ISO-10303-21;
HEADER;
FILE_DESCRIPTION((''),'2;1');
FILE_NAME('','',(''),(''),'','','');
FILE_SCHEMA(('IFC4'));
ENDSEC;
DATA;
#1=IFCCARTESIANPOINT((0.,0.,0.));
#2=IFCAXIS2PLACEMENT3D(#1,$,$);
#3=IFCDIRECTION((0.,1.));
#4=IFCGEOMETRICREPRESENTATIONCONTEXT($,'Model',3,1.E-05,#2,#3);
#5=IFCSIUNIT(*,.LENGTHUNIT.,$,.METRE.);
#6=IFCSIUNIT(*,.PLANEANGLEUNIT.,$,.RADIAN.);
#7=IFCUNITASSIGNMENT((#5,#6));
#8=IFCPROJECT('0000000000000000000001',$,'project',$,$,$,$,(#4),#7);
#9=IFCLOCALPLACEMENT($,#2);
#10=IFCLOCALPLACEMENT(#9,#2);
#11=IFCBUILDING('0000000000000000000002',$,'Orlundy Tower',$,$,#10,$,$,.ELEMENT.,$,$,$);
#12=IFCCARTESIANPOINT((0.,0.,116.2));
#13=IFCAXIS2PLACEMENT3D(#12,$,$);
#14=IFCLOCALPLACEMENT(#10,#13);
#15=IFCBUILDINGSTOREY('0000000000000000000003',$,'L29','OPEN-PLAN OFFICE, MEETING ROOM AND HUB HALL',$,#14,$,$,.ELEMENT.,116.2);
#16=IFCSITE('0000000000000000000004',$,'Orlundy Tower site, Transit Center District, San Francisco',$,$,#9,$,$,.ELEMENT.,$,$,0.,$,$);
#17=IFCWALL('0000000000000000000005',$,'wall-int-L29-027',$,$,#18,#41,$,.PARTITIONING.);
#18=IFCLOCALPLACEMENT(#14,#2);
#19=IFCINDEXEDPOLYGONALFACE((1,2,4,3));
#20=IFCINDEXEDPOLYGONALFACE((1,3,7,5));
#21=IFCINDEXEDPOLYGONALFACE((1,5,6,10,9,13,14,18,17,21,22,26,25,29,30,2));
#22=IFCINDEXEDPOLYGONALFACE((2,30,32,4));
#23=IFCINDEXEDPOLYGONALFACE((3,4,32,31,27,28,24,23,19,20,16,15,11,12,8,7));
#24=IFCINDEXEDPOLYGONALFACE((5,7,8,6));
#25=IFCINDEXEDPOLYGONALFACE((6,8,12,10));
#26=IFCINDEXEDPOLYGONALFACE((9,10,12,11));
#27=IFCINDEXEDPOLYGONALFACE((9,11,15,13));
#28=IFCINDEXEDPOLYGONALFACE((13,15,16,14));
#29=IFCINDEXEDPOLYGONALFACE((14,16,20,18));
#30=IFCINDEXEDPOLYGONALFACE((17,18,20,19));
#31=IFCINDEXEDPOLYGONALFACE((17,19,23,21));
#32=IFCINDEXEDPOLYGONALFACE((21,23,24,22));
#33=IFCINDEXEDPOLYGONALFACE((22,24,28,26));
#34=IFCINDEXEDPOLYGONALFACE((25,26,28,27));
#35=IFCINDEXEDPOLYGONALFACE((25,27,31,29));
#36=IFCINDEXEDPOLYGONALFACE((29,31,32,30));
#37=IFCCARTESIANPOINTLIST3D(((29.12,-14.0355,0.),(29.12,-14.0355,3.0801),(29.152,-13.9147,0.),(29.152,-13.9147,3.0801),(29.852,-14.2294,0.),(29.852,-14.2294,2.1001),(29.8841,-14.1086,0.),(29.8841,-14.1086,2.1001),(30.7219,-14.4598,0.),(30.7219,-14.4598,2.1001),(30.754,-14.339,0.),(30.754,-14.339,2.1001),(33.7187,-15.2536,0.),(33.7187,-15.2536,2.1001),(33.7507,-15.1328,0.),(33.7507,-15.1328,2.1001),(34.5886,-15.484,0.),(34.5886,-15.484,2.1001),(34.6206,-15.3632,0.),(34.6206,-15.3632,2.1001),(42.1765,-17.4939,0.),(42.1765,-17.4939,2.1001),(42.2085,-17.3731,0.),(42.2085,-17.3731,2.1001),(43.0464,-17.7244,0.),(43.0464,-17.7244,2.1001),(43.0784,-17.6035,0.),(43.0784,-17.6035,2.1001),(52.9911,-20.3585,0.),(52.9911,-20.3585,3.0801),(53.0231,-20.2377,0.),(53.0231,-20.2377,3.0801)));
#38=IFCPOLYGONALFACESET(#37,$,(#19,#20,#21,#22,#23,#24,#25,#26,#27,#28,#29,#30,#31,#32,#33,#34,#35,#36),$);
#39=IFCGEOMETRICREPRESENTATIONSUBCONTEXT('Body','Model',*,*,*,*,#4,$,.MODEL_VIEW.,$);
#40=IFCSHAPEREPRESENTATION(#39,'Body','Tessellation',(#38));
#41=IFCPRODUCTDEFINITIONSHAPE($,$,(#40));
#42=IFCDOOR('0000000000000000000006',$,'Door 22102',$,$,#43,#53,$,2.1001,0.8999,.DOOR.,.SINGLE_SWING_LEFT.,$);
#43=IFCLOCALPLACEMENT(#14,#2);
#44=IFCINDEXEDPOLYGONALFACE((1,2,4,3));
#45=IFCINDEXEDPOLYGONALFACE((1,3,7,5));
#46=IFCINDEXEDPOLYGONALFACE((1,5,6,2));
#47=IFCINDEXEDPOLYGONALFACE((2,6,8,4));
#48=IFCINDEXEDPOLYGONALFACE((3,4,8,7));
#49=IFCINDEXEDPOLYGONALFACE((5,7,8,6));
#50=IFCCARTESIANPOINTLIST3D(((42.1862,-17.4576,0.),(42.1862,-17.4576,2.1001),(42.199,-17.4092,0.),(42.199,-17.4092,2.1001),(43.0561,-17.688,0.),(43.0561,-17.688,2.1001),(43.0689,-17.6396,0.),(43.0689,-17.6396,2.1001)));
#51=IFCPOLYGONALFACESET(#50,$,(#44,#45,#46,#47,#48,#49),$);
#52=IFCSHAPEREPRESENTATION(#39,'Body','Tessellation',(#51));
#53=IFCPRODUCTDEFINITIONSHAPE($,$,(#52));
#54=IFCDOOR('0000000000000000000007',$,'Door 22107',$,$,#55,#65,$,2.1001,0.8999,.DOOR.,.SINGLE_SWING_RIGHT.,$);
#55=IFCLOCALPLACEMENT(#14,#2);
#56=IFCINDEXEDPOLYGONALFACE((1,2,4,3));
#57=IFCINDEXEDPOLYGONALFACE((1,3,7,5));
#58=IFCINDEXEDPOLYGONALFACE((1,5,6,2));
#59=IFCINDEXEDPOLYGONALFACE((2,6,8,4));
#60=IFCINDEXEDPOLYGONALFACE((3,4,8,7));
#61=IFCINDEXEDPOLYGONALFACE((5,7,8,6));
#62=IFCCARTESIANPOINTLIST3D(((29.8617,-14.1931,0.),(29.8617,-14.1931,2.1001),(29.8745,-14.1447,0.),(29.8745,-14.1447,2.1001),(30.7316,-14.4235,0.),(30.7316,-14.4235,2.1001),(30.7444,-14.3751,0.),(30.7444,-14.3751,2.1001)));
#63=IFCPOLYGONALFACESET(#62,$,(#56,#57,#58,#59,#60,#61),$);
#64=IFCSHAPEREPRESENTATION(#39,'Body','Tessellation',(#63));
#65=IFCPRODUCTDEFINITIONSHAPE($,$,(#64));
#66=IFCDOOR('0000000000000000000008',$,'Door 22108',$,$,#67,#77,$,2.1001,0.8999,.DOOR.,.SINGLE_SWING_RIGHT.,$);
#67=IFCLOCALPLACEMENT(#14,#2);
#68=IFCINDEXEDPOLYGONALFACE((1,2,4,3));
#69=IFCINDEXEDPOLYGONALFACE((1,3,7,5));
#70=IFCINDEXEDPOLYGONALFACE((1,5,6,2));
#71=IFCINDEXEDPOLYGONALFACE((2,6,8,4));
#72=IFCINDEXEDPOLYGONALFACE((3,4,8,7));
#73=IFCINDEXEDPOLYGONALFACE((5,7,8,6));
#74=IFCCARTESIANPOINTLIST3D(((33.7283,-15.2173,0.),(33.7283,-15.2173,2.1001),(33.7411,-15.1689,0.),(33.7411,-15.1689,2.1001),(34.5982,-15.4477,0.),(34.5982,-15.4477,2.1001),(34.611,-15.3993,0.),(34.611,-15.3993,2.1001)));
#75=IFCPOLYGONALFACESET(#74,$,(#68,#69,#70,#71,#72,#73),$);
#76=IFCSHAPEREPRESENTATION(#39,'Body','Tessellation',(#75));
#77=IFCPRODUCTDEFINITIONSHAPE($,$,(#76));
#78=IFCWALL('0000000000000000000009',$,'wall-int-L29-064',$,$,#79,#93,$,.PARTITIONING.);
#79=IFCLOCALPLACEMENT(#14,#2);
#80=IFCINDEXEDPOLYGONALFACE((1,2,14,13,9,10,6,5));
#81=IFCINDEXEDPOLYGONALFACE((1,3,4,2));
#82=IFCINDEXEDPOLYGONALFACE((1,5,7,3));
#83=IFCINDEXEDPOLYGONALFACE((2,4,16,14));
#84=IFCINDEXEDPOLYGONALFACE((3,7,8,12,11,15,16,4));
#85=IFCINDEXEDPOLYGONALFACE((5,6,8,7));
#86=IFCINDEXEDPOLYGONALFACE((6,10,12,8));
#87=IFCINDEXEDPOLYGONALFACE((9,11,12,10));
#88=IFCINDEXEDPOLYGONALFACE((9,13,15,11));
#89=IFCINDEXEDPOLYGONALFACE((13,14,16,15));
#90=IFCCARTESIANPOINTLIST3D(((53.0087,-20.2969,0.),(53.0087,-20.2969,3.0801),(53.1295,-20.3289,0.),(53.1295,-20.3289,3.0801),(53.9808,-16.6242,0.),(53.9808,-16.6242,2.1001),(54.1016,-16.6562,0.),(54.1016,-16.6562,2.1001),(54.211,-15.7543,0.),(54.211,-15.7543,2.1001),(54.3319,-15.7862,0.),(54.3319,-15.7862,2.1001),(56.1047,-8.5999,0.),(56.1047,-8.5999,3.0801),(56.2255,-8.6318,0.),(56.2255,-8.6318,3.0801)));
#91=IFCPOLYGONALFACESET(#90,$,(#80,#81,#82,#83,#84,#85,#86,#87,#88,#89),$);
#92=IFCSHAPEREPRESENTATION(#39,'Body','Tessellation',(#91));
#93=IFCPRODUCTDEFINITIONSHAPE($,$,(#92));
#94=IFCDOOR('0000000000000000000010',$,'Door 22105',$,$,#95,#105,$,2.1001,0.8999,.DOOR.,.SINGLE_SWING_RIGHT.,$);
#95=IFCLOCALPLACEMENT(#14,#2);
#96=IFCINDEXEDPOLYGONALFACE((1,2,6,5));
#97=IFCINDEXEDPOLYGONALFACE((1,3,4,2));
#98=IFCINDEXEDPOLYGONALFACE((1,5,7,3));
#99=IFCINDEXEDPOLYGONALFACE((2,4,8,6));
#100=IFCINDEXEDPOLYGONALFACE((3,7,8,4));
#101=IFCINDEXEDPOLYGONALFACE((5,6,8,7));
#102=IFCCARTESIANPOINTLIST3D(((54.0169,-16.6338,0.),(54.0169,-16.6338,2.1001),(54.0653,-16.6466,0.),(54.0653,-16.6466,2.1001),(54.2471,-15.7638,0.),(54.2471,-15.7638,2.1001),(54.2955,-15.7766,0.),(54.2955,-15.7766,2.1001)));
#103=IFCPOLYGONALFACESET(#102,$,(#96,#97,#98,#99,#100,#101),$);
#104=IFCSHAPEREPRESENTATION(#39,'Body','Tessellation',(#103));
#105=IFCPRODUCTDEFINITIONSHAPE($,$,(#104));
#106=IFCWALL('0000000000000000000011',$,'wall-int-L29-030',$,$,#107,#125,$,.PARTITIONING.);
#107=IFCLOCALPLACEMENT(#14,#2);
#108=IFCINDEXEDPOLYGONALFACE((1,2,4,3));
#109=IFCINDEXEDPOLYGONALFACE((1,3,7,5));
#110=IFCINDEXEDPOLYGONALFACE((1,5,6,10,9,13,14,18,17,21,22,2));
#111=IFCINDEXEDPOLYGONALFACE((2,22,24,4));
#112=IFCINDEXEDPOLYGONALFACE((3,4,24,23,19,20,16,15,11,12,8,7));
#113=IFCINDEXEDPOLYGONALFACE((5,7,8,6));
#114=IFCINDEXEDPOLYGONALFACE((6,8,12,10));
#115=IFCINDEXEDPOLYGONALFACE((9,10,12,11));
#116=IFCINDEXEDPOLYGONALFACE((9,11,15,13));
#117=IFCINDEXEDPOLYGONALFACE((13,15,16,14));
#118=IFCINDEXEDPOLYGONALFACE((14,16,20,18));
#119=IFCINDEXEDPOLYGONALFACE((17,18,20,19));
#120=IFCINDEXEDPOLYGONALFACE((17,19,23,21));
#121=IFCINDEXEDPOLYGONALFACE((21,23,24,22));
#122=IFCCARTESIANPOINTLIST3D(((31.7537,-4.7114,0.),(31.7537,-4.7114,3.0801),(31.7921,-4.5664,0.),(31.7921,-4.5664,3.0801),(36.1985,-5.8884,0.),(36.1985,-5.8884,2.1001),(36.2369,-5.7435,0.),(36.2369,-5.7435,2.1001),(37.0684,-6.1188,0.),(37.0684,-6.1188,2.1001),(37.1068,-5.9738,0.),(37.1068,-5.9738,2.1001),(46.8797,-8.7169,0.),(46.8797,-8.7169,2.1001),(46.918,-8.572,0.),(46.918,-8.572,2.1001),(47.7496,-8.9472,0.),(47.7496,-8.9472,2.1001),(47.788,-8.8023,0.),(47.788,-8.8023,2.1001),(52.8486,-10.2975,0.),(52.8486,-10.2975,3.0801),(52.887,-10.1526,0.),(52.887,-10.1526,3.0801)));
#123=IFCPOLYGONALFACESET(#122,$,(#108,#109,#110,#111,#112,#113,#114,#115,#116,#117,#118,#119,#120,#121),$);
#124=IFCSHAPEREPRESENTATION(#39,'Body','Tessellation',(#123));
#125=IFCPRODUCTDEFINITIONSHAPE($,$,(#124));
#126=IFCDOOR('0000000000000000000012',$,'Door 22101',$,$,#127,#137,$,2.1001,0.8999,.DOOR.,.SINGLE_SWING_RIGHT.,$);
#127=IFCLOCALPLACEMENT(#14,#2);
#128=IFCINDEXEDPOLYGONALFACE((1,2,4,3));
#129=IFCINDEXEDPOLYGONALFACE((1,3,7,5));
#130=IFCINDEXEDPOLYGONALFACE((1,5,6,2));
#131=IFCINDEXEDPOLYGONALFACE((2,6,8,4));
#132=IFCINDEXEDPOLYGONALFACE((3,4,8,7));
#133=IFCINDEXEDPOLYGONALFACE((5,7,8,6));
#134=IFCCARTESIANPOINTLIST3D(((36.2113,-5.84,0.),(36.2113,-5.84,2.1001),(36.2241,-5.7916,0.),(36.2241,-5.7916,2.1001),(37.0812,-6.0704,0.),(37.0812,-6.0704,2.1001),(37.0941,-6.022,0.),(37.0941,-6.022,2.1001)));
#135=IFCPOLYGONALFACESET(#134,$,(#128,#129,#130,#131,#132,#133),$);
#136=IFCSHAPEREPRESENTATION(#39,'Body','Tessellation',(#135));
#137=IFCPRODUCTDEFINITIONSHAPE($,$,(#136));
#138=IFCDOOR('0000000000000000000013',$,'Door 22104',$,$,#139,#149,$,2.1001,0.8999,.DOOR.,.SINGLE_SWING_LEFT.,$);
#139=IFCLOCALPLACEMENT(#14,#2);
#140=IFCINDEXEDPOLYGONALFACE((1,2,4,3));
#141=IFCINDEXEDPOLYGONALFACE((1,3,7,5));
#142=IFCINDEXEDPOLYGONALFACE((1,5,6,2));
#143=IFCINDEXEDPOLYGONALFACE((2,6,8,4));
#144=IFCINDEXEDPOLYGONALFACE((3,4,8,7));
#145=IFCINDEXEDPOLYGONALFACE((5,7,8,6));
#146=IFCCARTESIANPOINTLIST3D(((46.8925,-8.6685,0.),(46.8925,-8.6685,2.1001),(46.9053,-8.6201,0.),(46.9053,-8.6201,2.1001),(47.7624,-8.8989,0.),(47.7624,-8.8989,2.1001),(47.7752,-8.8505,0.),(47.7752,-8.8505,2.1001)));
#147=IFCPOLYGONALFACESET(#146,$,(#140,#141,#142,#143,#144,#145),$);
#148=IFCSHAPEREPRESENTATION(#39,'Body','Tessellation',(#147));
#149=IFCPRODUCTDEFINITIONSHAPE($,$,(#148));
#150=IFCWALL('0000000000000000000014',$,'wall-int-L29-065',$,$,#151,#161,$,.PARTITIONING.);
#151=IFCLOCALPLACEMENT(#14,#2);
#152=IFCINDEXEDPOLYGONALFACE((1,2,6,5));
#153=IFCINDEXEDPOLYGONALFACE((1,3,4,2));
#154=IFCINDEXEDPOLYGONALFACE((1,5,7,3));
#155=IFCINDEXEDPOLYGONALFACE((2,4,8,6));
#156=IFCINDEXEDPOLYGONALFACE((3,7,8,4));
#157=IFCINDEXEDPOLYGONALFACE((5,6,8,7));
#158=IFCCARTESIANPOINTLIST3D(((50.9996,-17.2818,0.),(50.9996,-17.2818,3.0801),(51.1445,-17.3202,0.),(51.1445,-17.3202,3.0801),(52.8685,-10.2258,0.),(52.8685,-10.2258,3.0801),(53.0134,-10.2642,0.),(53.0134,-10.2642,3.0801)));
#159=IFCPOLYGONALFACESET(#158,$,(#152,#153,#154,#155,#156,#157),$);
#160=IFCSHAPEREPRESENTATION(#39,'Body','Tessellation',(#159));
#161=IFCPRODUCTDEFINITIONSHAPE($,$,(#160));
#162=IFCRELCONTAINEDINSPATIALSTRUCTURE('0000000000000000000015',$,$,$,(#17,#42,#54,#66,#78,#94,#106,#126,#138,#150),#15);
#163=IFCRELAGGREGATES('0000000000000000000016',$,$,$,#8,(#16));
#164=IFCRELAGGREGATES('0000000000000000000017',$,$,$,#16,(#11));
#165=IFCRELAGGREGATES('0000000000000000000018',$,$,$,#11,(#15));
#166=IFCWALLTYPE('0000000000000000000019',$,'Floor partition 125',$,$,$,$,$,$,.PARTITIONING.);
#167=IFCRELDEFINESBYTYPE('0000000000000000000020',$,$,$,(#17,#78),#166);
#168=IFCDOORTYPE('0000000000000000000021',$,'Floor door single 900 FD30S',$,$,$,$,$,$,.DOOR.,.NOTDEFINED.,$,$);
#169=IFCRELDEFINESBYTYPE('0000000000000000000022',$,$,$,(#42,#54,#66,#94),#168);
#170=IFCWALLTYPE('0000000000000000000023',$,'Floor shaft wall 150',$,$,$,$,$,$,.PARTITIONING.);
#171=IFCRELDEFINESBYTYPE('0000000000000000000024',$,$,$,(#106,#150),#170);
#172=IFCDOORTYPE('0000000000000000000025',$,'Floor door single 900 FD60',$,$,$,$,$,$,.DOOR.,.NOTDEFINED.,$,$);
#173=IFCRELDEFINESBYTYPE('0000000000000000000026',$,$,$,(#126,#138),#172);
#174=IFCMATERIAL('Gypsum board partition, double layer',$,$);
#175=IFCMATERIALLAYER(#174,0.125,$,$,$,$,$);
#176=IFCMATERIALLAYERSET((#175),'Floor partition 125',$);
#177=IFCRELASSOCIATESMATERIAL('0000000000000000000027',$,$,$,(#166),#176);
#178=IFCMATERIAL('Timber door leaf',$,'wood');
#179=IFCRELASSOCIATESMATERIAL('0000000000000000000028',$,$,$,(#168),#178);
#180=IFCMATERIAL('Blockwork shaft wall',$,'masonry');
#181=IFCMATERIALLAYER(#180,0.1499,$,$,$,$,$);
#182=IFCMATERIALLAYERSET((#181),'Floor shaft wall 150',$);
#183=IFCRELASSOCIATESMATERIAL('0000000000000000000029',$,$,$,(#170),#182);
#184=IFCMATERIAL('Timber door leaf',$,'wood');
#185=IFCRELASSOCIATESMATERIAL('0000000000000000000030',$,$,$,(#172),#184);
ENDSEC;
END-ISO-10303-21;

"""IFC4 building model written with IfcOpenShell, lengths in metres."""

from ifc_helpers import new_model, si_unit, direction, frame, frame_2d, origin, place, context, subcontext, project, spatial, rectangle, extrude, material, layer, layer_set, type_object, element, fill, save


model = new_model("IFC4")

# Units and contexts
model_context = context("Model", 3, precision=1e-05, world=origin(), true_north=direction((0.0, 1.0)))
body_context = subcontext(model_context, "Body", "Model", "MODEL_VIEW")
ifc_project = project(units=[si_unit("LENGTHUNIT", "METRE"), si_unit("PLANEANGLEUNIT", "RADIAN")], contexts=[model_context])

# Site, building, storey
site_placement = place(None, origin())
site = spatial("IfcSite", under=ifc_project, at=site_placement, Name="Orlundy Tower site, Transit Center District, San Francisco", CompositionType="ELEMENT", RefElevation=0.0)
building_placement = place(site_placement, origin())
building = spatial("IfcBuilding", under=site, at=building_placement, Name="Orlundy Tower", CompositionType="ELEMENT")
storey_placement = place(building_placement, frame((0.0, 0.0, 116.2)))
storey = spatial("IfcBuildingStorey", under=building, at=storey_placement, Name="L29", Description="OPEN-PLAN OFFICE, MEETING ROOM AND HUB HALL", CompositionType="ELEMENT", Elevation=116.2)

# Shared definitions
ifc_material_1 = material(Name="Gypsum board partition, double layer")
ifc_layer_1 = layer(ifc_material_1, 0.125)
ifc_layer_set_1 = layer_set([ifc_layer_1], Name="Floor partition 125")
wall_type_1 = type_object("IfcWallType", Name="Floor partition 125", PredefinedType="PARTITIONING", material=ifc_layer_set_1)

# Wall, openings, doors
wall_1_placement = place(storey_placement, frame((53.0071, -20.2981, 0.0), z_axis=(0.0, 0.0, 1.0), x_axis=(-0.966663, 0.256051, 0.0)))
wall_1 = element("IfcWall", 1, at=wall_1_placement, inside=storey, type_object=wall_type_1, Name="wall-int-L29-027", PredefinedType="PARTITIONING", context=body_context, shape_type="SweptSolid", body=[
    extrude(rectangle(XDim=24.6943, YDim=0.125, at=frame_2d((12.3472, 0.0))), origin(), (0.0, 0.0, 1.0), 3.0801),
])
opening_1_placement = place(wall_1_placement, frame((10.2876, 0.0, 0.0)))
opening_1 = element("IfcOpeningElement", 2, at=opening_1_placement, cuts=wall_1, PredefinedType="OPENING", context=body_context, shape_type="SweptSolid", body=[
    extrude(rectangle(XDim=0.8999, YDim=2.1001, at=frame_2d((0.45, 1.05))), frame((0.0, 0.0725, 0.0), z_axis=(0.0, -1.0, 0.0), x_axis=(1.0, 0.0, 0.0)), (0.0, 0.0, 1.0), 0.145),
])
opening_2_placement = place(wall_1_placement, frame((23.0371, 0.0, 0.0)))
opening_2 = element("IfcOpeningElement", 3, at=opening_2_placement, cuts=wall_1, PredefinedType="OPENING", context=body_context, shape_type="SweptSolid", body=[
    extrude(rectangle(XDim=0.8999, YDim=2.1001, at=frame_2d((0.45, 1.05))), frame((0.0, 0.0725, 0.0), z_axis=(0.0, -1.0, 0.0), x_axis=(1.0, 0.0, 0.0)), (0.0, 0.0, 1.0), 0.145),
])
opening_3_placement = place(wall_1_placement, frame((19.0371, 0.0, 0.0)))
opening_3 = element("IfcOpeningElement", 4, at=opening_3_placement, cuts=wall_1, PredefinedType="OPENING", context=body_context, shape_type="SweptSolid", body=[
    extrude(rectangle(XDim=0.8999, YDim=2.1001, at=frame_2d((0.45, 1.05))), frame((0.0, 0.0725, 0.0), z_axis=(0.0, -1.0, 0.0), x_axis=(1.0, 0.0, 0.0)), (0.0, 0.0, 1.0), 0.145),
])
ifc_material_2 = material(Name="Timber door leaf", Category="wood")
door_type_1 = type_object("IfcDoorType", Name="Floor door single 900 FD30S", OperationType="NOTDEFINED", PredefinedType="DOOR", material=ifc_material_2)
door_1_placement = place(opening_1_placement, origin())
door_1 = element("IfcDoor", 5, at=door_1_placement, inside=storey, type_object=door_type_1, Name="Door 22102", OperationType="SINGLE_SWING_LEFT", OverallHeight=2.1001, OverallWidth=0.8999, PredefinedType="DOOR", context=body_context, shape_type="SweptSolid", body=[
    extrude(rectangle(XDim=0.8999, YDim=2.1001, at=frame_2d((0.45, 1.05))), frame((0.0, 0.0249, 0.0), z_axis=(0.0, -1.0, 0.0), x_axis=(1.0, 0.0, 0.0)), (0.0, 0.0, 1.0), 0.05),
])
fill(opening_1, door_1)
door_2_placement = place(opening_2_placement, origin())
door_2 = element("IfcDoor", 6, at=door_2_placement, inside=storey, type_object=door_type_1, Name="Door 22107", OperationType="SINGLE_SWING_RIGHT", OverallHeight=2.1001, OverallWidth=0.8999, PredefinedType="DOOR", context=body_context, shape_type="SweptSolid", body=[
    extrude(rectangle(XDim=0.8999, YDim=2.1001, at=frame_2d((0.45, 1.05))), frame((0.0, 0.0249, 0.0), z_axis=(0.0, -1.0, 0.0), x_axis=(1.0, 0.0, 0.0)), (0.0, 0.0, 1.0), 0.05),
])
fill(opening_2, door_2)
door_3_placement = place(opening_3_placement, origin())
door_3 = element("IfcDoor", 7, at=door_3_placement, inside=storey, type_object=door_type_1, Name="Door 22108", OperationType="SINGLE_SWING_RIGHT", OverallHeight=2.1001, OverallWidth=0.8999, PredefinedType="DOOR", context=body_context, shape_type="SweptSolid", body=[
    extrude(rectangle(XDim=0.8999, YDim=2.1001, at=frame_2d((0.45, 1.05))), frame((0.0, 0.0249, 0.0), z_axis=(0.0, -1.0, 0.0), x_axis=(1.0, 0.0, 0.0)), (0.0, 0.0, 1.0), 0.05),
])
fill(opening_3, door_3)

# Wall, opening, door
wall_2_placement = place(storey_placement, frame((56.165, -8.616, 0.0), z_axis=(0.0, 0.0, 1.0), x_axis=(-0.255868, -0.966712, 0.0)))
wall_2 = element("IfcWall", 8, at=wall_2_placement, inside=storey, type_object=wall_type_1, Name="wall-int-L29-064", PredefinedType="PARTITIONING", context=body_context, shape_type="SweptSolid", body=[
    extrude(rectangle(XDim=12.0999, YDim=0.125, at=frame_2d((6.0498, 0.0))), origin(), (0.0, 0.0, 1.0), 3.0801),
])
opening_4_placement = place(wall_2_placement, frame((7.4006, 0.0, 0.0)))
opening_4 = element("IfcOpeningElement", 9, at=opening_4_placement, cuts=wall_2, PredefinedType="OPENING", context=body_context, shape_type="SweptSolid", body=[
    extrude(rectangle(XDim=0.8999, YDim=2.1001, at=frame_2d((0.45, 1.05))), frame((0.0, 0.0725, 0.0), z_axis=(0.0, -1.0, 0.0), x_axis=(1.0, 0.0, 0.0)), (0.0, 0.0, 1.0), 0.145),
])
door_4_placement = place(opening_4_placement, origin())
door_4 = element("IfcDoor", 10, at=door_4_placement, inside=storey, type_object=door_type_1, Name="Door 22105", OperationType="SINGLE_SWING_RIGHT", OverallHeight=2.1001, OverallWidth=0.8999, PredefinedType="DOOR", context=body_context, shape_type="SweptSolid", body=[
    extrude(rectangle(XDim=0.8999, YDim=2.1001, at=frame_2d((0.45, 1.05))), frame((0.0, 0.0249, 0.0), z_axis=(0.0, -1.0, 0.0), x_axis=(1.0, 0.0, 0.0)), (0.0, 0.0, 1.0), 0.05),
])
fill(opening_4, door_4)

# Wall, openings, doors
ifc_material_3 = material(Name="Blockwork shaft wall", Category="masonry")
ifc_layer_2 = layer(ifc_material_3, 0.1499)
ifc_layer_set_2 = layer_set([ifc_layer_2], Name="Floor shaft wall 150")
wall_type_2 = type_object("IfcWallType", Name="Floor shaft wall 150", PredefinedType="PARTITIONING", material=ifc_layer_set_2)
wall_3_placement = place(storey_placement, frame((52.8679, -10.2251, 0.0), z_axis=(0.0, 0.0, 1.0), x_axis=(-0.96668, 0.255988, 0.0)))
wall_3 = element("IfcWall", 11, at=wall_3_placement, inside=storey, type_object=wall_type_2, Name="wall-int-L29-030", PredefinedType="PARTITIONING", context=body_context, shape_type="SweptSolid", body=[
    extrude(rectangle(XDim=21.822, YDim=0.1499, at=frame_2d((10.9111, 0.0))), origin(), (0.0, 0.0, 1.0), 3.0801),
])
opening_5_placement = place(wall_3_placement, frame((16.3242, 0.0, 0.0)))
opening_5 = element("IfcOpeningElement", 12, at=opening_5_placement, cuts=wall_3, PredefinedType="OPENING", context=body_context, shape_type="SweptSolid", body=[
    extrude(rectangle(XDim=0.8999, YDim=2.1001, at=frame_2d((0.45, 1.05))), frame((0.0, 0.085, 0.0), z_axis=(0.0, -1.0, 0.0), x_axis=(1.0, 0.0, 0.0)), (0.0, 0.0, 1.0), 0.1699),
])
opening_6_placement = place(wall_3_placement, frame((5.2749, 0.0, 0.0)))
opening_6 = element("IfcOpeningElement", 13, at=opening_6_placement, cuts=wall_3, PredefinedType="OPENING", context=body_context, shape_type="SweptSolid", body=[
    extrude(rectangle(XDim=0.8999, YDim=2.1001, at=frame_2d((0.45, 1.05))), frame((0.0, 0.085, 0.0), z_axis=(0.0, -1.0, 0.0), x_axis=(1.0, 0.0, 0.0)), (0.0, 0.0, 1.0), 0.1699),
])
ifc_material_4 = material(Name="Timber door leaf", Category="wood")
door_type_2 = type_object("IfcDoorType", Name="Floor door single 900 FD60", OperationType="NOTDEFINED", PredefinedType="DOOR", material=ifc_material_4)
door_5_placement = place(opening_5_placement, origin())
door_5 = element("IfcDoor", 14, at=door_5_placement, inside=storey, type_object=door_type_2, Name="Door 22101", OperationType="SINGLE_SWING_RIGHT", OverallHeight=2.1001, OverallWidth=0.8999, PredefinedType="DOOR", context=body_context, shape_type="SweptSolid", body=[
    extrude(rectangle(XDim=0.8999, YDim=2.1001, at=frame_2d((0.45, 1.05))), frame((0.0, 0.0249, 0.0), z_axis=(0.0, -1.0, 0.0), x_axis=(1.0, 0.0, 0.0)), (0.0, 0.0, 1.0), 0.05),
])
fill(opening_5, door_5)
door_6_placement = place(opening_6_placement, origin())
door_6 = element("IfcDoor", 15, at=door_6_placement, inside=storey, type_object=door_type_2, Name="Door 22104", OperationType="SINGLE_SWING_LEFT", OverallHeight=2.1001, OverallWidth=0.8999, PredefinedType="DOOR", context=body_context, shape_type="SweptSolid", body=[
    extrude(rectangle(XDim=0.8999, YDim=2.1001, at=frame_2d((0.45, 1.05))), frame((0.0, 0.0249, 0.0), z_axis=(0.0, -1.0, 0.0), x_axis=(1.0, 0.0, 0.0)), (0.0, 0.0, 1.0), 0.05),
])
fill(opening_6, door_6)

# Wall
wall_4_placement = place(storey_placement, frame((51.072, -17.301, 0.0), z_axis=(0.0, 0.0, 1.0), x_axis=(0.256041, 0.966666, 0.0)))
element("IfcWall", 16, at=wall_4_placement, inside=storey, type_object=wall_type_2, Name="wall-int-L29-065", PredefinedType="PARTITIONING", context=body_context, shape_type="SweptSolid", body=[
    extrude(rectangle(XDim=7.2993, YDim=0.1499, at=frame_2d((3.6497, 0.0))), origin(), (0.0, 0.0, 1.0), 3.0801),
])

save(model, "model.ifc")
